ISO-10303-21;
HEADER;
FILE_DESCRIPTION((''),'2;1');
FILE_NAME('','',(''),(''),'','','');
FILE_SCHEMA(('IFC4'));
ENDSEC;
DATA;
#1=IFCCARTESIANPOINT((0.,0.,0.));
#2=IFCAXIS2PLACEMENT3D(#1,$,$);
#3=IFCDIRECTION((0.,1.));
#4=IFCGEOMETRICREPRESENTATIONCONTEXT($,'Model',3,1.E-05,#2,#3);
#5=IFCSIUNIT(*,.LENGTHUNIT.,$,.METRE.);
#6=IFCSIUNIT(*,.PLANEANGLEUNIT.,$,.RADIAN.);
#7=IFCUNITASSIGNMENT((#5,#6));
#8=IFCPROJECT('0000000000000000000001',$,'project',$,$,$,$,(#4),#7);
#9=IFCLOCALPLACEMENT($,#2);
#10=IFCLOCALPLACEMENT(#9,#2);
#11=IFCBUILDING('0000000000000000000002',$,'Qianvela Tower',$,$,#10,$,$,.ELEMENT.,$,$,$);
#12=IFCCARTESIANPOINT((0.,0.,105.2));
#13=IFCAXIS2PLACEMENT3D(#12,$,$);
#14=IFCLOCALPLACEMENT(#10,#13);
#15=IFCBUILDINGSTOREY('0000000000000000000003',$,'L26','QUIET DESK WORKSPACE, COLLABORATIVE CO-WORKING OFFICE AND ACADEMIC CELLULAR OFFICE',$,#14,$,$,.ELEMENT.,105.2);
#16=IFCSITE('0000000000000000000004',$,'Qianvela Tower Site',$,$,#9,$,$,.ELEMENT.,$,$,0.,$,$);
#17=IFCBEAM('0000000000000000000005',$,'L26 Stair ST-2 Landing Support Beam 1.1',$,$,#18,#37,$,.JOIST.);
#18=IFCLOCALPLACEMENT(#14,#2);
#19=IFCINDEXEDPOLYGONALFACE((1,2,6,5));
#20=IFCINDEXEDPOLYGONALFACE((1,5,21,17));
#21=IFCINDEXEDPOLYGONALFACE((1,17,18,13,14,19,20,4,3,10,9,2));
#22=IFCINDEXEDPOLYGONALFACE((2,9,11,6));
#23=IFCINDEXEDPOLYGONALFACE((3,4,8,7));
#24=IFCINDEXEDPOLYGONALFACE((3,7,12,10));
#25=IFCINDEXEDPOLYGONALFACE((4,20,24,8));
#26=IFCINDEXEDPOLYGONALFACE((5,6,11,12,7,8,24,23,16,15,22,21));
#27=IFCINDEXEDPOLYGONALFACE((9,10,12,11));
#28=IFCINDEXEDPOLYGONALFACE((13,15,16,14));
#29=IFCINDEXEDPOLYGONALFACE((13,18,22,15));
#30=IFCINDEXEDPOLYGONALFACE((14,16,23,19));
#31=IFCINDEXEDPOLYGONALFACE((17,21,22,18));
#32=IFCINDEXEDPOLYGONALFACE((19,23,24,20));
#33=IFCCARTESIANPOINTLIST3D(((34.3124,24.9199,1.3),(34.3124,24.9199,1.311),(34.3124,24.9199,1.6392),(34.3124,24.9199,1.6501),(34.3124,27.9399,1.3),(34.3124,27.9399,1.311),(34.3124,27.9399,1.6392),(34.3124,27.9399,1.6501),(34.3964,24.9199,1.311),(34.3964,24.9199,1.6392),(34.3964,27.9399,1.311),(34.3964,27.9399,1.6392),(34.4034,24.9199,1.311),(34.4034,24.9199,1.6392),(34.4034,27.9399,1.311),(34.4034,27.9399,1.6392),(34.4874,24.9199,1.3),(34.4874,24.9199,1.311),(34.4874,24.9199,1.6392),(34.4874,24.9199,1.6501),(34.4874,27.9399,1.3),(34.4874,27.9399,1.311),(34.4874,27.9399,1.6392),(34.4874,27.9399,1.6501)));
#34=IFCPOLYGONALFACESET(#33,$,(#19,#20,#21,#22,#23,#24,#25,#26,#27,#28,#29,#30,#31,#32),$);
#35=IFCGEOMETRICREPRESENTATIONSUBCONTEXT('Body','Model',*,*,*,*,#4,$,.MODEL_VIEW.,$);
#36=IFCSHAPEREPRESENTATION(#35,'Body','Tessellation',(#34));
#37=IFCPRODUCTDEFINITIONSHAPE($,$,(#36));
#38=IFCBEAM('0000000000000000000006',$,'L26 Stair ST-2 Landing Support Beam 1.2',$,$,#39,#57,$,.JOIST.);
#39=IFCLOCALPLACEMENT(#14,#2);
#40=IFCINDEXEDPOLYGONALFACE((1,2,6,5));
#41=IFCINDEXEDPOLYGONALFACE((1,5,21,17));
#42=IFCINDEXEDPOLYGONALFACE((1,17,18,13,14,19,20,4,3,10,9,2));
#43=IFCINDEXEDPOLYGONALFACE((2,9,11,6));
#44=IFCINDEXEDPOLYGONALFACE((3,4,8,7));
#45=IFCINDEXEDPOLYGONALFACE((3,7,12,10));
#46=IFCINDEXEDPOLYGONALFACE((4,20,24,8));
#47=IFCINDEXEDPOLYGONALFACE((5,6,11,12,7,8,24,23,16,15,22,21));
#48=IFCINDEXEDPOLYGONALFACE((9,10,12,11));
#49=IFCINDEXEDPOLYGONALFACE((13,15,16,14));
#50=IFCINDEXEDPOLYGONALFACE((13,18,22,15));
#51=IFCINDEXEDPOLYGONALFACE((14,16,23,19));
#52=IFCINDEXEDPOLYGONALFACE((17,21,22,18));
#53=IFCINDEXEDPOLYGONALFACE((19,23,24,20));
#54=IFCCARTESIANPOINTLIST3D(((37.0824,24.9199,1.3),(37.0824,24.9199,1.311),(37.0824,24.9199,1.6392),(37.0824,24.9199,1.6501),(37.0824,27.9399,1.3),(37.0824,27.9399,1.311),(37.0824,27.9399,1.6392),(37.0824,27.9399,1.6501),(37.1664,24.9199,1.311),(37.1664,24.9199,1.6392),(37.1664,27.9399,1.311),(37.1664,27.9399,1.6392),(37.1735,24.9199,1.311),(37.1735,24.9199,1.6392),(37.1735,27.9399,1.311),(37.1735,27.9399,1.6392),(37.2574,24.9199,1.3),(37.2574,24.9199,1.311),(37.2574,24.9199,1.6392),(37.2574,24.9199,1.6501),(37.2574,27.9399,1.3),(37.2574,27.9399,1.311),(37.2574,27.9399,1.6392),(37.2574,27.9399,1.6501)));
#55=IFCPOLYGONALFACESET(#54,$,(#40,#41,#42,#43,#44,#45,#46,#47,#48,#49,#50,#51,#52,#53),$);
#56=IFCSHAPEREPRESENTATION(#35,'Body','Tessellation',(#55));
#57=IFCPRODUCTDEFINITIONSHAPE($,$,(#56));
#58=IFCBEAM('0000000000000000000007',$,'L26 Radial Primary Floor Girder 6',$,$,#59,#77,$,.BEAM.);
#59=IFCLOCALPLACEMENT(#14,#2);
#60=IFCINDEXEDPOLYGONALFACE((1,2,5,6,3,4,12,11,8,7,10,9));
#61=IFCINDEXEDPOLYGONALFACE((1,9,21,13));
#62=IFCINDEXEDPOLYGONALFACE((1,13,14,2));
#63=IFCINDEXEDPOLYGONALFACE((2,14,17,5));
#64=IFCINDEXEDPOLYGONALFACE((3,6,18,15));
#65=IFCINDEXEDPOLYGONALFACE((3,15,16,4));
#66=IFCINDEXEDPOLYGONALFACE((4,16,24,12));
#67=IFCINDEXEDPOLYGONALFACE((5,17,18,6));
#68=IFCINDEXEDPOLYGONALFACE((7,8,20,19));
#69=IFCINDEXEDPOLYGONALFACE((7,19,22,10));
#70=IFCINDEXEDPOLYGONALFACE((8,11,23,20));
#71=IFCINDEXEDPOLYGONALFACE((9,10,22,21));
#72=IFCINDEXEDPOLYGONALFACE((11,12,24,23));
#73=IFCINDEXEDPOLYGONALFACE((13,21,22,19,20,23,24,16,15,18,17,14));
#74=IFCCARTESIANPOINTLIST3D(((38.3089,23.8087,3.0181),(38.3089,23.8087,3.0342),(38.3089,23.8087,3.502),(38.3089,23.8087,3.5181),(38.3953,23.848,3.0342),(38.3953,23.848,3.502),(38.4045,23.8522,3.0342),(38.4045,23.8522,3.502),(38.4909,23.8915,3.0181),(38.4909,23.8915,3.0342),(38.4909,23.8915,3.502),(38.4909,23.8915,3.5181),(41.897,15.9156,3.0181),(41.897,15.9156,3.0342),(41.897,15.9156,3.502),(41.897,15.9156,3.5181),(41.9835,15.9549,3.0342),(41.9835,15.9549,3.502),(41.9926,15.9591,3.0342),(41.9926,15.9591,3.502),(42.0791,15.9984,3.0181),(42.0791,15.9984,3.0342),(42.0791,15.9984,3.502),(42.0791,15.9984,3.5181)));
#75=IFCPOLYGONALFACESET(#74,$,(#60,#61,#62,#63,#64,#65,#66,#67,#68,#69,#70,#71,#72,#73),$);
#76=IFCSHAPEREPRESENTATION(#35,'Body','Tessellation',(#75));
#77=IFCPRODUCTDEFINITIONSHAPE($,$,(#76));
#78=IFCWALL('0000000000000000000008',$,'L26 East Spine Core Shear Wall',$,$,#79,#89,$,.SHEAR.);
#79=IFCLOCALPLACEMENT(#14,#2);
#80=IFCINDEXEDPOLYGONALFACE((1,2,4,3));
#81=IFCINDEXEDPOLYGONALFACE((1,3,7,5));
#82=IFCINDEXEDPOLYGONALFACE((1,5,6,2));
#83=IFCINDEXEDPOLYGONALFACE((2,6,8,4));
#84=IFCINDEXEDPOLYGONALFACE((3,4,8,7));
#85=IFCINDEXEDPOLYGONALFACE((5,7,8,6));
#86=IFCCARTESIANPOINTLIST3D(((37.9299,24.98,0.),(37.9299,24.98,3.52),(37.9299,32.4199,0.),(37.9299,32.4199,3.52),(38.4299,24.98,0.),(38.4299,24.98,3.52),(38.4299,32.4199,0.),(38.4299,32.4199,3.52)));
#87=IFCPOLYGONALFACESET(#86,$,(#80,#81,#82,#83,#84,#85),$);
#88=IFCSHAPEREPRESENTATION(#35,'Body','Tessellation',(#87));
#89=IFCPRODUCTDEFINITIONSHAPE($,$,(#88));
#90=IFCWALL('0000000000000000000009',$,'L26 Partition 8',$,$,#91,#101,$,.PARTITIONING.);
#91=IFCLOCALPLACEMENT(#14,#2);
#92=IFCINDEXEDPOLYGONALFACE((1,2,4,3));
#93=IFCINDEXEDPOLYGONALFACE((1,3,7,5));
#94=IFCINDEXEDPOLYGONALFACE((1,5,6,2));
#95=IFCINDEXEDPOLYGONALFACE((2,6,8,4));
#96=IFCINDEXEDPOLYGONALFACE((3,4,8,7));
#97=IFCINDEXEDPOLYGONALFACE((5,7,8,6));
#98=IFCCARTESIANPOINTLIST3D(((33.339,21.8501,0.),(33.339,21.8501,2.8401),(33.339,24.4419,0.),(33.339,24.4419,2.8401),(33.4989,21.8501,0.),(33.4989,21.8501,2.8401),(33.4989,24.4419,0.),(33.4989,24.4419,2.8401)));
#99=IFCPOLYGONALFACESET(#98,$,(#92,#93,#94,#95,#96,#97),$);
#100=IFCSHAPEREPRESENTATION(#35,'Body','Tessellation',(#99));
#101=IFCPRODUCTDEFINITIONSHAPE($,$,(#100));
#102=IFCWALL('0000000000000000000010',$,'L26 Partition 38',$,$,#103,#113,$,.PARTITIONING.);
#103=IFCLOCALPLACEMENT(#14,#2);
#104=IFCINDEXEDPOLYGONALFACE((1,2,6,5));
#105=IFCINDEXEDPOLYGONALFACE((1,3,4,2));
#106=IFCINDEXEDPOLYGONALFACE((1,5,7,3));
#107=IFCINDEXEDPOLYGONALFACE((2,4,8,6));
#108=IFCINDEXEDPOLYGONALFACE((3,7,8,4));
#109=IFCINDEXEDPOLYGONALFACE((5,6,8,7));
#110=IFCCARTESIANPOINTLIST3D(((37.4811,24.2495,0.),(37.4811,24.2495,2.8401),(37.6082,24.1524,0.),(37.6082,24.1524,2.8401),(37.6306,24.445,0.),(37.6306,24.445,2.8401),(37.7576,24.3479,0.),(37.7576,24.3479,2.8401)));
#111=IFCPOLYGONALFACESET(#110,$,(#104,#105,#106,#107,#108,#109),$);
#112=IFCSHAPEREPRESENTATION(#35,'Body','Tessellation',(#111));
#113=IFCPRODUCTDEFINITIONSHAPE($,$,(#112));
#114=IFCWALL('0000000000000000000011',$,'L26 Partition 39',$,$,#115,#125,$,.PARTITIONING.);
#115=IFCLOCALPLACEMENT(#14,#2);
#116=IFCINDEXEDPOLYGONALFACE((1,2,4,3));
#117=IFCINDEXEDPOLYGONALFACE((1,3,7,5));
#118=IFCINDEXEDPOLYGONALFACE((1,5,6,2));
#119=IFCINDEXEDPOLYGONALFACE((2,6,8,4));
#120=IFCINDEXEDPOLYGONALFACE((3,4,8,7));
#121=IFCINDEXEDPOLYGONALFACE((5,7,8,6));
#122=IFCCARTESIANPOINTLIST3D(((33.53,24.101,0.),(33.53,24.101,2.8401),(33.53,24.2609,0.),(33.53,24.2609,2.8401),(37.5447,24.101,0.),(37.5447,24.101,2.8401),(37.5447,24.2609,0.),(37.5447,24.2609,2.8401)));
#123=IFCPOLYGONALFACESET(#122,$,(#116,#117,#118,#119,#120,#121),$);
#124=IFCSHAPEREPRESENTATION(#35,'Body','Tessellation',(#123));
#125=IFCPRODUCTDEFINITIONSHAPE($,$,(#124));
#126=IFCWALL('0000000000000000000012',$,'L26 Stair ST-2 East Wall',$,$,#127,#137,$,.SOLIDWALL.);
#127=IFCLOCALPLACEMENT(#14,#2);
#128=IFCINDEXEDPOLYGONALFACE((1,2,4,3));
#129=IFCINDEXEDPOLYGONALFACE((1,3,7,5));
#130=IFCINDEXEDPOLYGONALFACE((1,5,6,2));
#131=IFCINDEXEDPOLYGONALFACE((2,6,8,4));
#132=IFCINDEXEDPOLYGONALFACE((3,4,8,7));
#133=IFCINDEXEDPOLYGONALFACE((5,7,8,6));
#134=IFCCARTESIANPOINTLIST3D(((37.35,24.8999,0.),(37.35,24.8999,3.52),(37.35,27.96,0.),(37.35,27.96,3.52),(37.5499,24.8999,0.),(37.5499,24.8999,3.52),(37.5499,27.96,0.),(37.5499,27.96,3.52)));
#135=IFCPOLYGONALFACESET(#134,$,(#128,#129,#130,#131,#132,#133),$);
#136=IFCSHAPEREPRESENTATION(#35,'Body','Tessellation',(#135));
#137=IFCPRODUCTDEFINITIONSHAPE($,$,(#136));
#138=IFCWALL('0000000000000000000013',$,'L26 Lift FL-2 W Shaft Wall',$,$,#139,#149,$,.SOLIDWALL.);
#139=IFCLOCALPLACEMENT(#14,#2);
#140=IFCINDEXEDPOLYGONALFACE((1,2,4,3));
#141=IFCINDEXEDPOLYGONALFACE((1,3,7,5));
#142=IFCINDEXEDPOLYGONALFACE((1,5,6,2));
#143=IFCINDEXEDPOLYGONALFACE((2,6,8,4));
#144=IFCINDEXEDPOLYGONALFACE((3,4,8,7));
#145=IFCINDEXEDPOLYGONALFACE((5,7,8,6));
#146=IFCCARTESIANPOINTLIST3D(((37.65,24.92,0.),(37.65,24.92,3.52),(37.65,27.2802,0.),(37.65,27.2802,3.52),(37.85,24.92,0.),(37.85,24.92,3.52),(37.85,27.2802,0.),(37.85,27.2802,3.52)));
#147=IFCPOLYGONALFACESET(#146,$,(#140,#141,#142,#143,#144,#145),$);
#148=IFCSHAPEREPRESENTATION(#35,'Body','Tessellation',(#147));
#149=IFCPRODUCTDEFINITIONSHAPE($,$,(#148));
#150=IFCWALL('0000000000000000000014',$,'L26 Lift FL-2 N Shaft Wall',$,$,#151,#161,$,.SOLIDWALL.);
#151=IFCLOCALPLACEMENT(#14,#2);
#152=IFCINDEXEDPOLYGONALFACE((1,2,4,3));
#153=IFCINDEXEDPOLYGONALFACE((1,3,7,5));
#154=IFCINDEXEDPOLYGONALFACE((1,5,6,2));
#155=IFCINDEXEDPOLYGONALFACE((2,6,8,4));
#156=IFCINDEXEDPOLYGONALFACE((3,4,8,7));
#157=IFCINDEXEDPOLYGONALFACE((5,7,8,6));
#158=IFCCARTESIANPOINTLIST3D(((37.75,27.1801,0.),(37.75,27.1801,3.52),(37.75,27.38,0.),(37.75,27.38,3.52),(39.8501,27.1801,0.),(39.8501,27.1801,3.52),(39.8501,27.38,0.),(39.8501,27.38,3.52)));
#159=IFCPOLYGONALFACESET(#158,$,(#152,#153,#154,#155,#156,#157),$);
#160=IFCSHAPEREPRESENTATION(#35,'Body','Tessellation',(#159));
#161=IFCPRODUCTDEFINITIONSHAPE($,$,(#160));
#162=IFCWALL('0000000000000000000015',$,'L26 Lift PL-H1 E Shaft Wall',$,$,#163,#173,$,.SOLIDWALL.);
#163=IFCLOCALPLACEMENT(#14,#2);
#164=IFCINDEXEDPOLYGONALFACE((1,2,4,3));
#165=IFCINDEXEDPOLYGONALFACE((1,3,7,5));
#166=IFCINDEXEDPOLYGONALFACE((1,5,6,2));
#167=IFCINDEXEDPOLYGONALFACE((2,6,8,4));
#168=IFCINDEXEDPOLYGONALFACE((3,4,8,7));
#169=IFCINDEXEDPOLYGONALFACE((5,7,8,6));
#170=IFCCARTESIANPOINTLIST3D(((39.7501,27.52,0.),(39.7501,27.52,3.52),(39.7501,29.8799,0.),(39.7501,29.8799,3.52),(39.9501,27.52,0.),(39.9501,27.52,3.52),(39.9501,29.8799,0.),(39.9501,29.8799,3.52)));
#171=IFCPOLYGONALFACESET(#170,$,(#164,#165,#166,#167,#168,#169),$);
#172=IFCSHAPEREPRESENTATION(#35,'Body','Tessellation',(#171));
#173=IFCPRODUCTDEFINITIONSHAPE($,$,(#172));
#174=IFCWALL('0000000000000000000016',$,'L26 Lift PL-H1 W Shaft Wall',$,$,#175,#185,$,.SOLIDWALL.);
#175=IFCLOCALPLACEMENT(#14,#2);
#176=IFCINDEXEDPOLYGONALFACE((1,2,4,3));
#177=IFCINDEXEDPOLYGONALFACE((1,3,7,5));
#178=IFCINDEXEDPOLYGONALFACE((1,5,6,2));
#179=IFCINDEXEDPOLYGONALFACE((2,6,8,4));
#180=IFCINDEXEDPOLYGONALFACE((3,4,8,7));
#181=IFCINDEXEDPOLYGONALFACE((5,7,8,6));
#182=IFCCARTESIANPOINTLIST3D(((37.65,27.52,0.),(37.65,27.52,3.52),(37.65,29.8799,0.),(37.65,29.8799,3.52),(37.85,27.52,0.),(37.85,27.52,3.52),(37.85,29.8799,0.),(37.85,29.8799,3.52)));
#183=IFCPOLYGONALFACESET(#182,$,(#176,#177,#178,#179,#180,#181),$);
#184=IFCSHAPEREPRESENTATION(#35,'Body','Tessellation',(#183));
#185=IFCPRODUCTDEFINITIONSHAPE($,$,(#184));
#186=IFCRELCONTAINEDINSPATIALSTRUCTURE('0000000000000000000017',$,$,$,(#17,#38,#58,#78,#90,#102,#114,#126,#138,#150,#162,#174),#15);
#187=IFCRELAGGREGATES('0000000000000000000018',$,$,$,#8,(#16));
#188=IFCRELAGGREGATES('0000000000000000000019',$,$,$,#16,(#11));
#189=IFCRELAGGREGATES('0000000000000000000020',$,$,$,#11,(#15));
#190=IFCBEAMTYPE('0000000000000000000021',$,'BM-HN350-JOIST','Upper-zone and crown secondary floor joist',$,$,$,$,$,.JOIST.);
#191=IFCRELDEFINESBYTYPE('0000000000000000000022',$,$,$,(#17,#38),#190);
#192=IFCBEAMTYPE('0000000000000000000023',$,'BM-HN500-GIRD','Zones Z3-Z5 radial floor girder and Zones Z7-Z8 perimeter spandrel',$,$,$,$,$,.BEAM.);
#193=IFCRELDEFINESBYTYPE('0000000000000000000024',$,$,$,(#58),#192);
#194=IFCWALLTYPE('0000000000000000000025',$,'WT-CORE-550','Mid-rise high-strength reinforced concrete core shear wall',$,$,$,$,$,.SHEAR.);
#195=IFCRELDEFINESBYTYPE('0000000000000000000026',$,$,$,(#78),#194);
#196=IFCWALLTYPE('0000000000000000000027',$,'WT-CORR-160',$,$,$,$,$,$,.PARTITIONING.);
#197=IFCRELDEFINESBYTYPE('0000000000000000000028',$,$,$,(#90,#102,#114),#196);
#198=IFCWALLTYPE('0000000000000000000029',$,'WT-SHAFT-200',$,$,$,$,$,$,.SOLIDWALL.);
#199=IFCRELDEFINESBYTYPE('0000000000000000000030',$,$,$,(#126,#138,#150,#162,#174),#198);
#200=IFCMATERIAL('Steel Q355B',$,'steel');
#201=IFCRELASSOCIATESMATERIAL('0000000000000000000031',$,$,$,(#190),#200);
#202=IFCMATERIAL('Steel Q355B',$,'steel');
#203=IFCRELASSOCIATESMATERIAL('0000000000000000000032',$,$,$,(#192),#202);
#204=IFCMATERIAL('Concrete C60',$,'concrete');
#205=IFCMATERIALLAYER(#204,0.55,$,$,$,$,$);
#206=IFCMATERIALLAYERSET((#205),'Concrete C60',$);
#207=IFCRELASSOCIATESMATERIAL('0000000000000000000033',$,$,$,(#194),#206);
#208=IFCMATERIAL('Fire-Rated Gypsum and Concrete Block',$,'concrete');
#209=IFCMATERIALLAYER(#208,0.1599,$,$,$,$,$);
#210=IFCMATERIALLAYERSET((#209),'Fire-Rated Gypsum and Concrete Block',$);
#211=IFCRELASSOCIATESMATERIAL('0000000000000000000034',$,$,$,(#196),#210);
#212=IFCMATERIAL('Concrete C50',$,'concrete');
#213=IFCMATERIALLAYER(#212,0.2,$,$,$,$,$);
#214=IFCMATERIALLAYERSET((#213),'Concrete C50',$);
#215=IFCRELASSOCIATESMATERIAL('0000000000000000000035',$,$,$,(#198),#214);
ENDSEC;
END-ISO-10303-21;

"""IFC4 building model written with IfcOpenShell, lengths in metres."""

from ifc_helpers import new_model, si_unit, direction, frame, frame_2d, origin, origin_2d, place, context, subcontext, project, spatial, rectangle, i_section, extrude, material, layer, layer_set, material_profile, profile_set, type_object, element, save


model = new_model("IFC4")

# Units and contexts
model_context = context("Model", 3, precision=1e-05, world=origin(), true_north=direction((0.0, 1.0)))
body_context = subcontext(model_context, "Body", "Model", "MODEL_VIEW")
ifc_project = project(units=[si_unit("LENGTHUNIT", "METRE"), si_unit("PLANEANGLEUNIT", "RADIAN")], contexts=[model_context])

# Site, building, storey
site_placement = place(None, origin())
site = spatial("IfcSite", under=ifc_project, at=site_placement, Name="Qianvela Tower Site", CompositionType="ELEMENT", RefElevation=0.0)
building_placement = place(site_placement, origin())
building = spatial("IfcBuilding", under=site, at=building_placement, Name="Qianvela Tower", CompositionType="ELEMENT")
storey_placement = place(building_placement, frame((0.0, 0.0, 105.2)))
storey = spatial("IfcBuildingStorey", under=building, at=storey_placement, Name="L26", Description="QUIET DESK WORKSPACE, COLLABORATIVE CO-WORKING OFFICE AND ACADEMIC CELLULAR OFFICE", CompositionType="ELEMENT", Elevation=105.2)

# Beams
ifc_material_1 = material(Name="Steel Q355B", Category="steel")
ifc_material_profile_1 = material_profile(ifc_material_1, i_section(OverallWidth=0.175, OverallDepth=0.3501, WebThickness=0.0071, FlangeThickness=0.011, at=origin_2d()), Name="HN350x175x7x11")
ifc_profile_set_1 = profile_set([ifc_material_profile_1], Name="Steel Q355B")
beam_type_1 = type_object("IfcBeamType", Name="BM-HN350-JOIST", Description="Upper-zone and crown secondary floor joist", PredefinedType="JOIST", material=ifc_profile_set_1)
for number, where, z_axis, x_axis, name in (
    (1, (34.3999, 24.9199, 1.4751), (0.0, 1.0, 0.0), (-1.0, 0.0, 0.0), "L26 Stair ST-2 Landing Support Beam 1.1"),
    (2, (37.1699, 24.9199, 1.4751), (0.0, 1.0, 0.0), (-1.0, 0.0, 0.0), "L26 Stair ST-2 Landing Support Beam 1.2"),
):
    element("IfcBeam", number, at=place(storey_placement, frame(where, z_axis=z_axis, x_axis=x_axis)), inside=storey, type_object=beam_type_1, Name=name, PredefinedType="JOIST", context=body_context, shape_type="SweptSolid", body=[
        extrude(i_section(OverallWidth=0.175, OverallDepth=0.3501, WebThickness=0.0071, FlangeThickness=0.011, at=origin_2d()), origin(), (0.0, 0.0, 1.0), 3.02),
    ])
ifc_material_2 = material(Name="Steel Q355B", Category="steel")
ifc_material_profile_2 = material_profile(ifc_material_2, i_section(OverallWidth=0.2, OverallDepth=0.5, WebThickness=0.01, FlangeThickness=0.0161, at=origin_2d()), Name="HN500x200x10x16")
ifc_profile_set_2 = profile_set([ifc_material_profile_2], Name="Steel Q355B")
beam_type_2 = type_object("IfcBeamType", Name="BM-HN500-GIRD", Description="Zones Z3-Z5 radial floor girder and Zones Z7-Z8 perimeter spandrel", PredefinedType="BEAM", material=ifc_profile_set_2)
beam_placement = place(storey_placement, frame((38.3999, 23.8501, 3.2681), z_axis=(0.413839, -0.91035, 0.0), x_axis=(0.91035, 0.413839, 0.0)))
element("IfcBeam", 3, at=beam_placement, inside=storey, type_object=beam_type_2, Name="L26 Radial Primary Floor Girder 6", PredefinedType="BEAM", context=body_context, shape_type="SweptSolid", body=[
    extrude(i_section(OverallWidth=0.2, OverallDepth=0.5, WebThickness=0.01, FlangeThickness=0.0161, at=origin_2d()), origin(), (0.0, 0.0, 1.0), 8.6704),
])

# Walls
ifc_material_3 = material(Name="Concrete C60", Category="concrete")
ifc_layer_1 = layer(ifc_material_3, 0.55)
ifc_layer_set_1 = layer_set([ifc_layer_1], Name="Concrete C60")
wall_type_1 = type_object("IfcWallType", Name="WT-CORE-550", Description="Mid-rise high-strength reinforced concrete core shear wall", PredefinedType="SHEAR", material=ifc_layer_set_1)
wall_1_placement = place(storey_placement, frame((38.1799, 24.98, 0.0), z_axis=(0.0, 0.0, 1.0), x_axis=(0.0, 1.0, 0.0)))
element("IfcWall", 4, at=wall_1_placement, inside=storey, type_object=wall_type_1, Name="L26 East Spine Core Shear Wall", PredefinedType="SHEAR", context=body_context, shape_type="SweptSolid", body=[
    extrude(rectangle(XDim=7.4399, YDim=0.5, at=frame_2d((3.72, 0.0))), origin(), (0.0, 0.0, 1.0), 3.52),
])
ifc_material_4 = material(Name="Fire-Rated Gypsum and Concrete Block", Category="concrete")
ifc_layer_2 = layer(ifc_material_4, 0.1599)
ifc_layer_set_2 = layer_set([ifc_layer_2], Name="Fire-Rated Gypsum and Concrete Block")
wall_type_2 = type_object("IfcWallType", Name="WT-CORR-160", PredefinedType="PARTITIONING", material=ifc_layer_set_2)
wall_2_placement = place(storey_placement, frame((33.4189, 24.4419, 0.0), z_axis=(0.0, 0.0, 1.0), x_axis=(0.0, -1.0, 0.0)))
element("IfcWall", 5, at=wall_2_placement, inside=storey, type_object=wall_type_2, Name="L26 Partition 8", PredefinedType="PARTITIONING", context=body_context, shape_type="SweptSolid", body=[
    extrude(rectangle(XDim=2.5918, YDim=0.1599, at=frame_2d((1.2959, 0.0))), origin(), (0.0, 0.0, 1.0), 2.8401),
])
wall_3_placement = place(storey_placement, frame((37.6941, 24.3965, 0.0), z_axis=(0.0, 0.0, 1.0), x_axis=(-0.607119, -0.794611, 0.0)))
element("IfcWall", 6, at=wall_3_placement, inside=storey, type_object=wall_type_2, Name="L26 Partition 38", PredefinedType="PARTITIONING", context=body_context, shape_type="SweptSolid", body=[
    extrude(rectangle(XDim=0.2461, YDim=0.1599, at=frame_2d((0.123, 0.0))), origin(), (0.0, 0.0, 1.0), 2.8401),
])
wall_4_placement = place(storey_placement, frame((37.5447, 24.1809, 0.0), z_axis=(0.0, 0.0, 1.0), x_axis=(-1.0, 0.0, 0.0)))
element("IfcWall", 7, at=wall_4_placement, inside=storey, type_object=wall_type_2, Name="L26 Partition 39", PredefinedType="PARTITIONING", context=body_context, shape_type="SweptSolid", body=[
    extrude(rectangle(XDim=4.0146, YDim=0.1599, at=frame_2d((2.0073, 0.0))), origin(), (0.0, 0.0, 1.0), 2.8401),
])
ifc_material_5 = material(Name="Concrete C50", Category="concrete")
ifc_layer_3 = layer(ifc_material_5, 0.2)
ifc_layer_set_3 = layer_set([ifc_layer_3], Name="Concrete C50")
wall_type_3 = type_object("IfcWallType", Name="WT-SHAFT-200", PredefinedType="SOLIDWALL", material=ifc_layer_set_3)
wall_5_placement = place(storey_placement, frame((37.45, 24.8999, 0.0), z_axis=(0.0, 0.0, 1.0), x_axis=(0.0, 1.0, 0.0)))
element("IfcWall", 8, at=wall_5_placement, inside=storey, type_object=wall_type_3, Name="L26 Stair ST-2 East Wall", PredefinedType="SOLIDWALL", context=body_context, shape_type="SweptSolid", body=[
    extrude(rectangle(XDim=3.0601, YDim=0.2, at=frame_2d((1.53, 0.0))), origin(), (0.0, 0.0, 1.0), 3.52),
])

# Walls
wall_6_placement = place(storey_placement, frame((37.75, 24.9199, 0.0), z_axis=(0.0, 0.0, 1.0), x_axis=(0.0, 1.0, 0.0)))
element("IfcWall", 9, at=wall_6_placement, inside=storey, type_object=wall_type_3, Name="L26 Lift FL-2 W Shaft Wall", PredefinedType="SOLIDWALL", context=body_context, shape_type="SweptSolid", body=[
    extrude(rectangle(XDim=2.3601, YDim=0.2, at=frame_2d((1.1802, 0.0))), origin(), (0.0, 0.0, 1.0), 3.52),
])
wall_7_placement = place(storey_placement, frame((37.75, 27.28, 0.0), z_axis=(0.0, 0.0, 1.0), x_axis=(1.0, 0.0, 0.0)))
element("IfcWall", 10, at=wall_7_placement, inside=storey, type_object=wall_type_3, Name="L26 Lift FL-2 N Shaft Wall", PredefinedType="SOLIDWALL", context=body_context, shape_type="SweptSolid", body=[
    extrude(rectangle(XDim=2.1001, YDim=0.2, at=frame_2d((1.05, 0.0))), origin(), (0.0, 0.0, 1.0), 3.52),
])
for number, where, z_axis, x_axis, name in (
    (11, (39.8501, 27.52, 0.0), (0.0, 0.0, 1.0), (0.0, 1.0, 0.0), "L26 Lift PL-H1 E Shaft Wall"),
    (12, (37.75, 27.52, 0.0), (0.0, 0.0, 1.0), (0.0, 1.0, 0.0), "L26 Lift PL-H1 W Shaft Wall"),
):
    element("IfcWall", number, at=place(storey_placement, frame(where, z_axis=z_axis, x_axis=x_axis)), inside=storey, type_object=wall_type_3, Name=name, PredefinedType="SOLIDWALL", context=body_context, shape_type="SweptSolid", body=[
        extrude(rectangle(XDim=2.3599, YDim=0.2, at=frame_2d((1.1799, 0.0))), origin(), (0.0, 0.0, 1.0), 3.52),
    ])

save(model, "model.ifc")
